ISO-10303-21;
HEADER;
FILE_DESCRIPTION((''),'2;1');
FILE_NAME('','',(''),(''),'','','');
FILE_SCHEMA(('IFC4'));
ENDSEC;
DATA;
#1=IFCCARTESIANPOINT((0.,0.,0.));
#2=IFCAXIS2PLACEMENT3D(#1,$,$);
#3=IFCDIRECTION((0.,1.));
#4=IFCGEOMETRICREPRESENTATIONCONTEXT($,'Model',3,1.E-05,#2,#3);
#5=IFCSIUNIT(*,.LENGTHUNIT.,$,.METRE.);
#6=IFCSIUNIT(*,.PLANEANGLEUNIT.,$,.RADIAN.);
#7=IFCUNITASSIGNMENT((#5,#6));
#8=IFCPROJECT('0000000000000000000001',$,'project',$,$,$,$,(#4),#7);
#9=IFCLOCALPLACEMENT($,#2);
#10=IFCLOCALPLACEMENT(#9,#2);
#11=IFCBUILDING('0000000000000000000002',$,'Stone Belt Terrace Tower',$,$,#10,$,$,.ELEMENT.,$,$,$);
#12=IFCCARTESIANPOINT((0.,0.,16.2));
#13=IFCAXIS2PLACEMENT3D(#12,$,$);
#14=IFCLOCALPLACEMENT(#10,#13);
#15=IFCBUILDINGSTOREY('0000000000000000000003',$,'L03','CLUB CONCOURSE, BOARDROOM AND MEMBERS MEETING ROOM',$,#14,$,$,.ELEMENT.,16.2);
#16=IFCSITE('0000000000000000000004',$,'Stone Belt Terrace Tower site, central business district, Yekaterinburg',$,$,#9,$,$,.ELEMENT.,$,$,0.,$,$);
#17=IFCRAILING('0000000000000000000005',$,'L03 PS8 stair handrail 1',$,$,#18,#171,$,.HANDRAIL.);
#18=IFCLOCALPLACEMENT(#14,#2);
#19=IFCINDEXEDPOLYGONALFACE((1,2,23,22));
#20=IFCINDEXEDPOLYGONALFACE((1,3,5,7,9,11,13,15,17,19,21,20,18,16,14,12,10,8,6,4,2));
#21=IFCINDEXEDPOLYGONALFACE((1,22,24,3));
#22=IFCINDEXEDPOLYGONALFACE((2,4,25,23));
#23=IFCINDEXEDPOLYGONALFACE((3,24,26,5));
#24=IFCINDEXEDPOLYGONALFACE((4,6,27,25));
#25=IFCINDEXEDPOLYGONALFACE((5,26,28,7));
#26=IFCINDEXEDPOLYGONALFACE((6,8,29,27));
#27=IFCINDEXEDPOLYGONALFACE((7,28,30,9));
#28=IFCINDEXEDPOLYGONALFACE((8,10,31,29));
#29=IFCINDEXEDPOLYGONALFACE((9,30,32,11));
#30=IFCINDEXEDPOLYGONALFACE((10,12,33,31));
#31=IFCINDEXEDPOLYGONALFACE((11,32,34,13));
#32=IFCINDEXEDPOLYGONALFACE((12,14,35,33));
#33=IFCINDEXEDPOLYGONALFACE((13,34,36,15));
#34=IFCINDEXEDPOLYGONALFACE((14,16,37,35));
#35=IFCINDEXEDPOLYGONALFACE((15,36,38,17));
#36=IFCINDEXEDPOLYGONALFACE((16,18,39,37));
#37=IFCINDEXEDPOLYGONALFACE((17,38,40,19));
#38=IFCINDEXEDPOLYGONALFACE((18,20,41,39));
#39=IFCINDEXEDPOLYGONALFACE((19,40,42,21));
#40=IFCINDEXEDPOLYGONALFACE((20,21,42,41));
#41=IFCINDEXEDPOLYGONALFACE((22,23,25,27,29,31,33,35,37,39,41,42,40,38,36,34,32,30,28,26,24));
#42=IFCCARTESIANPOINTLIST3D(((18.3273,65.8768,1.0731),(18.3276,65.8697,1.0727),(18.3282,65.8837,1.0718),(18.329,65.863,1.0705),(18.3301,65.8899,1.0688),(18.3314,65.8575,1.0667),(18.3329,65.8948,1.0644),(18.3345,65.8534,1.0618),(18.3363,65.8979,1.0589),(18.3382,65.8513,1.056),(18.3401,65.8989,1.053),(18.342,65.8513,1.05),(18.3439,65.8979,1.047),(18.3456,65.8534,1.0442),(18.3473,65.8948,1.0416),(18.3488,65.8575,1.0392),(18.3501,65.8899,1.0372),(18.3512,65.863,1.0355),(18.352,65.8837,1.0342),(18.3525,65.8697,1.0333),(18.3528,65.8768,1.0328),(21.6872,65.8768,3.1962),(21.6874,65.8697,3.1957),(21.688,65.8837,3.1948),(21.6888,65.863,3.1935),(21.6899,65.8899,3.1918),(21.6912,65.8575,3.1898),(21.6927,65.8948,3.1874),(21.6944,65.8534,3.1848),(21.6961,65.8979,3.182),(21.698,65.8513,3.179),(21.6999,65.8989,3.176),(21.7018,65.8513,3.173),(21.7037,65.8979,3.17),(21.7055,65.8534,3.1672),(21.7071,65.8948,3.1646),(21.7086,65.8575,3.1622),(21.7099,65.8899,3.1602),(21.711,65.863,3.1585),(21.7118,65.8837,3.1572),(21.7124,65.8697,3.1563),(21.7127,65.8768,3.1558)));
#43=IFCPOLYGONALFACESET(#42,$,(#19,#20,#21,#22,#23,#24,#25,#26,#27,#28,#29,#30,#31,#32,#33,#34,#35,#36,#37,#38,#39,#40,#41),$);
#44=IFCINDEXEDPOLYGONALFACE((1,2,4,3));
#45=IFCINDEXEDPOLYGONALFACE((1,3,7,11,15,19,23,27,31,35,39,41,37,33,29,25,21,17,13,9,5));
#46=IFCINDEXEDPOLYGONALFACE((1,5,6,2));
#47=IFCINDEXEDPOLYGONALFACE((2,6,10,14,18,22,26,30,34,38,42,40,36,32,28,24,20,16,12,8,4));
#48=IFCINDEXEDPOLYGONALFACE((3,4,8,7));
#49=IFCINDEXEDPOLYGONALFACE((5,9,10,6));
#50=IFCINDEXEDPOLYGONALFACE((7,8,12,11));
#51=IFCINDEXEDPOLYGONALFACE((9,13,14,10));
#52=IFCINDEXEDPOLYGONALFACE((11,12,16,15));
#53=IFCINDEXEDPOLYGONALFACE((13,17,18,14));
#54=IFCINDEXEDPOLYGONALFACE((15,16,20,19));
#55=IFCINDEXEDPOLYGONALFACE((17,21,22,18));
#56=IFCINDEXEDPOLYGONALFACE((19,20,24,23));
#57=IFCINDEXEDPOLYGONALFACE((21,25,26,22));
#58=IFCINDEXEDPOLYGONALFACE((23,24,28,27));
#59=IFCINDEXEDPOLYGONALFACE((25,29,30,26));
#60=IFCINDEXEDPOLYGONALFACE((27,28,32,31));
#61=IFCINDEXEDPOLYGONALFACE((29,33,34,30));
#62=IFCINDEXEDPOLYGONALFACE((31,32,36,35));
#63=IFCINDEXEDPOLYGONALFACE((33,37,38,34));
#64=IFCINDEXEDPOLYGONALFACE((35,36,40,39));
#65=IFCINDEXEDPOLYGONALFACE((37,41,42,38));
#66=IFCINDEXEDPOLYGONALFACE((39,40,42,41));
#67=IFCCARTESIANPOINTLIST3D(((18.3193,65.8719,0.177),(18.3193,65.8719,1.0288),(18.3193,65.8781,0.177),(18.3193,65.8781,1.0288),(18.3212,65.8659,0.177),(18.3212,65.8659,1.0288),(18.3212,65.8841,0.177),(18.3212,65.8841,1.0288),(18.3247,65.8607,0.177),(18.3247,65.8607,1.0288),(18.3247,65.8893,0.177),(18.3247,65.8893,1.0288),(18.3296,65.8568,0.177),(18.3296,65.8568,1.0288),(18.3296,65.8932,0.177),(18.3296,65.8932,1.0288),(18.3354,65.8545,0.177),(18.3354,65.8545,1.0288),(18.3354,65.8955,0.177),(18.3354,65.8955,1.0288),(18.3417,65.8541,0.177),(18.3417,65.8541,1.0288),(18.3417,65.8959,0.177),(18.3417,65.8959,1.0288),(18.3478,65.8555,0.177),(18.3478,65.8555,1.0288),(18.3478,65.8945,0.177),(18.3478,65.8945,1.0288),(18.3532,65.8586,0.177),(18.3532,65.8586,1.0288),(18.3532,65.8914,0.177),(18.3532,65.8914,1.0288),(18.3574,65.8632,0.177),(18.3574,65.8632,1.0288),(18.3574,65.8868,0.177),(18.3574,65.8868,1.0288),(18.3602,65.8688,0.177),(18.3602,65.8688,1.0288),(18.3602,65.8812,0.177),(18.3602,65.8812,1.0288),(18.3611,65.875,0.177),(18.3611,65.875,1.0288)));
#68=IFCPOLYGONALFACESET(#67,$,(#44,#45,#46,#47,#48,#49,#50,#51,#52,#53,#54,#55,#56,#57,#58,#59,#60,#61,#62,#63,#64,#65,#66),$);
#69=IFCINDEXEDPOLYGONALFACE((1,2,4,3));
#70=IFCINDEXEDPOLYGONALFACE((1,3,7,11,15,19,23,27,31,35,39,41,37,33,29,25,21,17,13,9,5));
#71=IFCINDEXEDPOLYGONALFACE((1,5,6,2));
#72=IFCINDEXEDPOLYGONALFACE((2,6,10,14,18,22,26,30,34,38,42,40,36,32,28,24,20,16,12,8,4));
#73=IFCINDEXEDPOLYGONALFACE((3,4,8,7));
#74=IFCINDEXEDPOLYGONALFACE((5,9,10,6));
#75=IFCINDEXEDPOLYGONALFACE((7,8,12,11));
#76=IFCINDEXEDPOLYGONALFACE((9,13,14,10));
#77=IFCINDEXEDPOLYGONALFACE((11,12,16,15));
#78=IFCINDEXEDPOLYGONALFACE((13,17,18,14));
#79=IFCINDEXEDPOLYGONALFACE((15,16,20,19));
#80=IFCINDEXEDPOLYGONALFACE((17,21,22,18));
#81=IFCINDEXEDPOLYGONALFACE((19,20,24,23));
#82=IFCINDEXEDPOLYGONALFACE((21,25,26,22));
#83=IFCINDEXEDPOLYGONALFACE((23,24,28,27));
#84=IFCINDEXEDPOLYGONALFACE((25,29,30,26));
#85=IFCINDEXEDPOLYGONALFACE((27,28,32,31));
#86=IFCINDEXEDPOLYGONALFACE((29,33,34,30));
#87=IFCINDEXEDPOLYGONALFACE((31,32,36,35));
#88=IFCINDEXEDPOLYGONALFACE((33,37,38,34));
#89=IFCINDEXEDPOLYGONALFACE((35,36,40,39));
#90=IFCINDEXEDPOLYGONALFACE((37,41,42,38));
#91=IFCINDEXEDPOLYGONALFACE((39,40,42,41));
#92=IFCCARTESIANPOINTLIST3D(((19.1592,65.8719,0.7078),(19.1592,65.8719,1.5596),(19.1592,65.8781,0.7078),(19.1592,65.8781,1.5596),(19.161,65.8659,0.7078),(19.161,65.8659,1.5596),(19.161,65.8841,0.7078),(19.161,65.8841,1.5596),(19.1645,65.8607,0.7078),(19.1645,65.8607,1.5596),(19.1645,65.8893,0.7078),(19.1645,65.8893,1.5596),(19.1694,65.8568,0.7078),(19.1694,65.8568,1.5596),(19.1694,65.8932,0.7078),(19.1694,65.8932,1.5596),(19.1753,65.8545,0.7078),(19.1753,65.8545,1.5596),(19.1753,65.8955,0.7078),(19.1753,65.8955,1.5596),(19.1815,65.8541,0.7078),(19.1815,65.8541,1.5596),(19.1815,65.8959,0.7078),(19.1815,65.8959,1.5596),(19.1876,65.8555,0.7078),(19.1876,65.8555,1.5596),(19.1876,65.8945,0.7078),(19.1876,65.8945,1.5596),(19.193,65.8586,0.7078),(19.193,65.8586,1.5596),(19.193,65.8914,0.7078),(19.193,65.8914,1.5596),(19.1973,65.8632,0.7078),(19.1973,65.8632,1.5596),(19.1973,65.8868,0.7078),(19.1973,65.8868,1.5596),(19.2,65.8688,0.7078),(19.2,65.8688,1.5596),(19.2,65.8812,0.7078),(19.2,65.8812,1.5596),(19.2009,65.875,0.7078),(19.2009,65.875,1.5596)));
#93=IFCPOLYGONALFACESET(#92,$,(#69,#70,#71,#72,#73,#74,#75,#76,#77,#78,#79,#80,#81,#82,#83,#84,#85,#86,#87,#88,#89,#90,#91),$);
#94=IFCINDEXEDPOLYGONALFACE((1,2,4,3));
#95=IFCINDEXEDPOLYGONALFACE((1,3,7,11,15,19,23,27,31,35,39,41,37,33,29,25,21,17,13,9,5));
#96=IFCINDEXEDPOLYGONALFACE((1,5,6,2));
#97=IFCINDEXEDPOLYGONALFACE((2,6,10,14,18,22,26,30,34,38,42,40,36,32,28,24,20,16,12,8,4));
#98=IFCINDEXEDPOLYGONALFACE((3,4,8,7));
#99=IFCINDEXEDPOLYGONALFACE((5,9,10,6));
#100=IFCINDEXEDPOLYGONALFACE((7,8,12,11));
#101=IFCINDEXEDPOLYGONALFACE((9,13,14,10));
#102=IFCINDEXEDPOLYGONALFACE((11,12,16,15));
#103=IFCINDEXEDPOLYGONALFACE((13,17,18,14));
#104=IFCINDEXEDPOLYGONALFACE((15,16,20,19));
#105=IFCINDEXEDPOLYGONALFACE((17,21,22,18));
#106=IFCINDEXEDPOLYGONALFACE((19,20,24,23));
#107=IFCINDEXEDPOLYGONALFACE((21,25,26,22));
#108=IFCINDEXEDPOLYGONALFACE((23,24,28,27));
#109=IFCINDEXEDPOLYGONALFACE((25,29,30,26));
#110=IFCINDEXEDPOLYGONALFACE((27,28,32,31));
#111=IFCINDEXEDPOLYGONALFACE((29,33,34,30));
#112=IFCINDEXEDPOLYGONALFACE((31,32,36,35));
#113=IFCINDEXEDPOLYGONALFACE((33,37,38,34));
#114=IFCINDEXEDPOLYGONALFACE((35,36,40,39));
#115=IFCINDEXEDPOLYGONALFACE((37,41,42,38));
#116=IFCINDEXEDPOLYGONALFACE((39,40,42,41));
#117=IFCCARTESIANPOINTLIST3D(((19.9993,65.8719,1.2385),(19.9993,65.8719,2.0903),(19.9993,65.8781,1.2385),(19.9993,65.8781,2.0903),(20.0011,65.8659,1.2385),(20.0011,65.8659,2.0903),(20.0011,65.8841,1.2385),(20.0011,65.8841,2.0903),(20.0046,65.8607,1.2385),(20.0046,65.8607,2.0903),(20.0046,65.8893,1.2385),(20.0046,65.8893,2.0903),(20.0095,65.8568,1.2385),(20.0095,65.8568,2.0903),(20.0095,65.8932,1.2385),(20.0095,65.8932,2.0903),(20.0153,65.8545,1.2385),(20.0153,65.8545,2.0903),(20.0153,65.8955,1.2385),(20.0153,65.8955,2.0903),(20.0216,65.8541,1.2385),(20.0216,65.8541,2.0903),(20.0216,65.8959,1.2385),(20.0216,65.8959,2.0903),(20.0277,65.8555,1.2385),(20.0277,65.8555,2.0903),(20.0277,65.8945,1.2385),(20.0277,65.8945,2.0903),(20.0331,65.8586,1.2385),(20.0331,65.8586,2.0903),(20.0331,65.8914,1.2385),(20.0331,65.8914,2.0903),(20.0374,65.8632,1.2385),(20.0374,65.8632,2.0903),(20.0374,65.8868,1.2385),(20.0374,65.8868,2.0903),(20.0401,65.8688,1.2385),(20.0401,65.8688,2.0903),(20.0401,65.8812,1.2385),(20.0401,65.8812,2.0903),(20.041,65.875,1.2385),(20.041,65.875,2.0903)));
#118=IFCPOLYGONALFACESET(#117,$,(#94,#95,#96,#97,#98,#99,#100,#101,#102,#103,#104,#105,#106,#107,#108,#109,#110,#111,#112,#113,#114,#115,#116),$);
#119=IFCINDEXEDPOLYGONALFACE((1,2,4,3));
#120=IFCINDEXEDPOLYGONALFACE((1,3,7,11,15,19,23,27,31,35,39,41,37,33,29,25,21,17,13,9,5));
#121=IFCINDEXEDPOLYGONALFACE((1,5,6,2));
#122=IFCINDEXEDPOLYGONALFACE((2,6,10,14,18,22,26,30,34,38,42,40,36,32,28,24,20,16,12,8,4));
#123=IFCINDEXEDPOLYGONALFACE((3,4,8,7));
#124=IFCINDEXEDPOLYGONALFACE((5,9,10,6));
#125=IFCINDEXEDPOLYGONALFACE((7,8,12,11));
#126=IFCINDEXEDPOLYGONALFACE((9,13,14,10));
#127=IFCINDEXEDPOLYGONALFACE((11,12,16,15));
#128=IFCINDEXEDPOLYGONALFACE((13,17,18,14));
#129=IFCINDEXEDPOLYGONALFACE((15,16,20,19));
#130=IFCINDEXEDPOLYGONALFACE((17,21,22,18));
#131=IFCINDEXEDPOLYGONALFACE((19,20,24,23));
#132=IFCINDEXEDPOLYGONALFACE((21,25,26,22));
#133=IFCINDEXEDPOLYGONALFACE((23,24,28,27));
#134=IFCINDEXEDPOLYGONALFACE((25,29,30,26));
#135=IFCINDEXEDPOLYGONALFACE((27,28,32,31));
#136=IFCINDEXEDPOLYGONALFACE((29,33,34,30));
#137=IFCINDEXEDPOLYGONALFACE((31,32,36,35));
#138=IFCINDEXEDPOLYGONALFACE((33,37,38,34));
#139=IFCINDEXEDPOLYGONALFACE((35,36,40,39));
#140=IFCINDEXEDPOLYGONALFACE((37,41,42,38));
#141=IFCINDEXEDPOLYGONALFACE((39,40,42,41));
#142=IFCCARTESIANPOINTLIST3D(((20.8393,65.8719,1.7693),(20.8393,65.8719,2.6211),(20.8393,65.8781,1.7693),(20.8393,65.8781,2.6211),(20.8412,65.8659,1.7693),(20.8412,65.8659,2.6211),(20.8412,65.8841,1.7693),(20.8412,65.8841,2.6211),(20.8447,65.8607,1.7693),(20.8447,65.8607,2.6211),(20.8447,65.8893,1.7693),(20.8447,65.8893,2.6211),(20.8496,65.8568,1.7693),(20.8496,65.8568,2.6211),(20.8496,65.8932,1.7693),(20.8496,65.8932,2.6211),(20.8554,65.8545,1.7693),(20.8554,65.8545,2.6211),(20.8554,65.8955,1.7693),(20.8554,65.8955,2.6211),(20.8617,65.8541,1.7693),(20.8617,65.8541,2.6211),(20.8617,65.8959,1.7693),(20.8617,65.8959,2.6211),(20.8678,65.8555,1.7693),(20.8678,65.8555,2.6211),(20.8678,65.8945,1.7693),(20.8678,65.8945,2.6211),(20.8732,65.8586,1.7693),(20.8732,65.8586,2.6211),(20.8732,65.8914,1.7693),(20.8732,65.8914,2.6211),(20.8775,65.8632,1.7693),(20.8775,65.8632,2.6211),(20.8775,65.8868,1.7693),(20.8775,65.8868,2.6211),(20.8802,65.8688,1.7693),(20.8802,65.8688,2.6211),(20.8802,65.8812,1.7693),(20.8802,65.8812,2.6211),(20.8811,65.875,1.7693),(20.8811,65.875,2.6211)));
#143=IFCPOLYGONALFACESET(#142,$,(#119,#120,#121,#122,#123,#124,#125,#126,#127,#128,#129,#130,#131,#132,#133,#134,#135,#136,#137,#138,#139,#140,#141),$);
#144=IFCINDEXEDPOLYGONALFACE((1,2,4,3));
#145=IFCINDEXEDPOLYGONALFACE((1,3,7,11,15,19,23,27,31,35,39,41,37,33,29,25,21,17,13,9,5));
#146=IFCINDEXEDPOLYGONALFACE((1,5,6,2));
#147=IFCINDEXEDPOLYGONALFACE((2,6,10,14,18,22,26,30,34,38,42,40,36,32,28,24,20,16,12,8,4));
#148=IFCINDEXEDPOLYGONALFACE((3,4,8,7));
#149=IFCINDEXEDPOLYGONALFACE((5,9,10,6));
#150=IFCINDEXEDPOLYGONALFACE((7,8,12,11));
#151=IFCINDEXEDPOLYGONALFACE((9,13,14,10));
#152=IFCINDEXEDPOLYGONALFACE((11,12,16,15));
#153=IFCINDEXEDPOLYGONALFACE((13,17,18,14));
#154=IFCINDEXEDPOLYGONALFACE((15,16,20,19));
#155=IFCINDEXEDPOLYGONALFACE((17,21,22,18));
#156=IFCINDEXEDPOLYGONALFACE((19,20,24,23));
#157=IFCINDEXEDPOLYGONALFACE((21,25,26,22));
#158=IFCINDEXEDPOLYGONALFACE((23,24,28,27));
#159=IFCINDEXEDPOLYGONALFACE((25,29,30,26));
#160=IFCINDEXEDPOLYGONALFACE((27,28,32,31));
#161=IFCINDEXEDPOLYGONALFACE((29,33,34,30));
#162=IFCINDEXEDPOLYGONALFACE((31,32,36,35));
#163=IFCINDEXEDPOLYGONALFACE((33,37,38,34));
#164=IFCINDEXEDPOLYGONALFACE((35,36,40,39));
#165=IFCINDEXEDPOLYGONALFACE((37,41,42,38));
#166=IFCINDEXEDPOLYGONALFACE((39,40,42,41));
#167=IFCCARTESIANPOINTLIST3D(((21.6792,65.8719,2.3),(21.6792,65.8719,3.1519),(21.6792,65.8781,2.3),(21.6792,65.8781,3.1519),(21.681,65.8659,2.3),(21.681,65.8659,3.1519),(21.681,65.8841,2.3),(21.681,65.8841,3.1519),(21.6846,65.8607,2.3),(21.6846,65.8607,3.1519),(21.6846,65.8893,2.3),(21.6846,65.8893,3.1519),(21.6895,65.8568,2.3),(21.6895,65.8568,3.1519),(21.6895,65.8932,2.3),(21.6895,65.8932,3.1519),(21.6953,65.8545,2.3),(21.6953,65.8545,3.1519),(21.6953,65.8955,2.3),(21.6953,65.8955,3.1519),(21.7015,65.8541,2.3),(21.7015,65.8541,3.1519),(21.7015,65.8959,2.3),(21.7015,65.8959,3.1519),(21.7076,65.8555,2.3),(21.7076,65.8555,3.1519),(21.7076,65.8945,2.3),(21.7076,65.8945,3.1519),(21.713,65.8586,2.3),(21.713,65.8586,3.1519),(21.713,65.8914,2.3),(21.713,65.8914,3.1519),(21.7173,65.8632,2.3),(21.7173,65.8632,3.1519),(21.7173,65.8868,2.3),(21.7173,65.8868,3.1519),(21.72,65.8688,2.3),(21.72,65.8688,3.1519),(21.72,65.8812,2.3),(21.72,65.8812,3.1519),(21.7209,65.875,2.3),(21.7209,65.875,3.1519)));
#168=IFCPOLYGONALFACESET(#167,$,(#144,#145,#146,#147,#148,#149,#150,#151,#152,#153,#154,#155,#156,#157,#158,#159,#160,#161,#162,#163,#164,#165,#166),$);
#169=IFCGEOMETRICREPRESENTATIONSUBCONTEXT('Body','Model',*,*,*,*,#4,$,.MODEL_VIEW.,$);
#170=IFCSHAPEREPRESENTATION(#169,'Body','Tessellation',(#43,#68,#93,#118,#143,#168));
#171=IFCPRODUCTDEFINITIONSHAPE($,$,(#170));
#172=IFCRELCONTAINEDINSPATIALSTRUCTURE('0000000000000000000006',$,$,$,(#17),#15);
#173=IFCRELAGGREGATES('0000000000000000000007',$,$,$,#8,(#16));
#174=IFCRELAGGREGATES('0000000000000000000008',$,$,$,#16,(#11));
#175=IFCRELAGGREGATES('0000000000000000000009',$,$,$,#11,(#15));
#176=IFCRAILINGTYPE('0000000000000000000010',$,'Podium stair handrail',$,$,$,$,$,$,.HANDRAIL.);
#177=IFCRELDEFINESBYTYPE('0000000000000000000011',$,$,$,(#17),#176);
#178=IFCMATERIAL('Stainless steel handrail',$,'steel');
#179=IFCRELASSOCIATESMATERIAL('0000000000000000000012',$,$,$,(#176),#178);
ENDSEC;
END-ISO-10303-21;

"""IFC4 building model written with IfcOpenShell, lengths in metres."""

from ifc_helpers import new_model, si_unit, direction, frame, origin, origin_2d, place, context, subcontext, project, spatial, circle, extrude, material, type_object, element, save


model = new_model("IFC4")

# Units and contexts
model_context = context("Model", 3, precision=1e-05, world=origin(), true_north=direction((0.0, 1.0)))
body_context = subcontext(model_context, "Body", "Model", "MODEL_VIEW")
ifc_project = project(units=[si_unit("LENGTHUNIT", "METRE"), si_unit("PLANEANGLEUNIT", "RADIAN")], contexts=[model_context])

# Site, building, storey
site_placement = place(None, origin())
site = spatial("IfcSite", under=ifc_project, at=site_placement, Name="Stone Belt Terrace Tower site, central business district, Yekaterinburg", CompositionType="ELEMENT", RefElevation=0.0)
building_placement = place(site_placement, origin())
building = spatial("IfcBuilding", under=site, at=building_placement, Name="Stone Belt Terrace Tower", CompositionType="ELEMENT")
storey_placement = place(building_placement, frame((0.0, 0.0, 16.2)))
storey = spatial("IfcBuildingStorey", under=building, at=storey_placement, Name="L03", Description="CLUB CONCOURSE, BOARDROOM AND MEMBERS MEETING ROOM", CompositionType="ELEMENT", Elevation=16.2)

# Railing
ifc_material_1 = material(Name="Stainless steel handrail", Category="steel")
railing_type_1 = type_object("IfcRailingType", Name="Podium stair handrail", PredefinedType="HANDRAIL", material=ifc_material_1)
railing_1_placement = place(storey_placement, frame((18.3401, 65.875, 0.177)))
element("IfcRailing", 1, at=railing_1_placement, inside=storey, type_object=railing_type_1, Name="L03 PS8 stair handrail 1", PredefinedType="HANDRAIL", context=body_context, shape_type="SweptSolid", body=[
    extrude(circle(Radius=0.0239, at=origin_2d()), frame((0.0, 0.0, 0.876), z_axis=(0.845372, 0.0, 0.534178), x_axis=(0.0, 1.0, 0.0)), (0.0, 0.0, 1.0), 3.9744),
    extrude(circle(Radius=0.021, at=origin_2d()), origin(), (0.0, 0.0, 1.0), 0.8518),
    extrude(circle(Radius=0.021, at=origin_2d()), frame((0.8398, 0.0, 0.5308)), (0.0, 0.0, 1.0), 0.8518),
    extrude(circle(Radius=0.021, at=origin_2d()), frame((1.6799, 0.0, 1.0615)), (0.0, 0.0, 1.0), 0.8518),
    extrude(circle(Radius=0.021, at=origin_2d()), frame((2.52, 0.0, 1.5923)), (0.0, 0.0, 1.0), 0.8518),
    extrude(circle(Radius=0.021, at=origin_2d()), frame((3.3599, 0.0, 2.123)), (0.0, 0.0, 1.0), 0.8518),
])

save(model, "model.ifc")
